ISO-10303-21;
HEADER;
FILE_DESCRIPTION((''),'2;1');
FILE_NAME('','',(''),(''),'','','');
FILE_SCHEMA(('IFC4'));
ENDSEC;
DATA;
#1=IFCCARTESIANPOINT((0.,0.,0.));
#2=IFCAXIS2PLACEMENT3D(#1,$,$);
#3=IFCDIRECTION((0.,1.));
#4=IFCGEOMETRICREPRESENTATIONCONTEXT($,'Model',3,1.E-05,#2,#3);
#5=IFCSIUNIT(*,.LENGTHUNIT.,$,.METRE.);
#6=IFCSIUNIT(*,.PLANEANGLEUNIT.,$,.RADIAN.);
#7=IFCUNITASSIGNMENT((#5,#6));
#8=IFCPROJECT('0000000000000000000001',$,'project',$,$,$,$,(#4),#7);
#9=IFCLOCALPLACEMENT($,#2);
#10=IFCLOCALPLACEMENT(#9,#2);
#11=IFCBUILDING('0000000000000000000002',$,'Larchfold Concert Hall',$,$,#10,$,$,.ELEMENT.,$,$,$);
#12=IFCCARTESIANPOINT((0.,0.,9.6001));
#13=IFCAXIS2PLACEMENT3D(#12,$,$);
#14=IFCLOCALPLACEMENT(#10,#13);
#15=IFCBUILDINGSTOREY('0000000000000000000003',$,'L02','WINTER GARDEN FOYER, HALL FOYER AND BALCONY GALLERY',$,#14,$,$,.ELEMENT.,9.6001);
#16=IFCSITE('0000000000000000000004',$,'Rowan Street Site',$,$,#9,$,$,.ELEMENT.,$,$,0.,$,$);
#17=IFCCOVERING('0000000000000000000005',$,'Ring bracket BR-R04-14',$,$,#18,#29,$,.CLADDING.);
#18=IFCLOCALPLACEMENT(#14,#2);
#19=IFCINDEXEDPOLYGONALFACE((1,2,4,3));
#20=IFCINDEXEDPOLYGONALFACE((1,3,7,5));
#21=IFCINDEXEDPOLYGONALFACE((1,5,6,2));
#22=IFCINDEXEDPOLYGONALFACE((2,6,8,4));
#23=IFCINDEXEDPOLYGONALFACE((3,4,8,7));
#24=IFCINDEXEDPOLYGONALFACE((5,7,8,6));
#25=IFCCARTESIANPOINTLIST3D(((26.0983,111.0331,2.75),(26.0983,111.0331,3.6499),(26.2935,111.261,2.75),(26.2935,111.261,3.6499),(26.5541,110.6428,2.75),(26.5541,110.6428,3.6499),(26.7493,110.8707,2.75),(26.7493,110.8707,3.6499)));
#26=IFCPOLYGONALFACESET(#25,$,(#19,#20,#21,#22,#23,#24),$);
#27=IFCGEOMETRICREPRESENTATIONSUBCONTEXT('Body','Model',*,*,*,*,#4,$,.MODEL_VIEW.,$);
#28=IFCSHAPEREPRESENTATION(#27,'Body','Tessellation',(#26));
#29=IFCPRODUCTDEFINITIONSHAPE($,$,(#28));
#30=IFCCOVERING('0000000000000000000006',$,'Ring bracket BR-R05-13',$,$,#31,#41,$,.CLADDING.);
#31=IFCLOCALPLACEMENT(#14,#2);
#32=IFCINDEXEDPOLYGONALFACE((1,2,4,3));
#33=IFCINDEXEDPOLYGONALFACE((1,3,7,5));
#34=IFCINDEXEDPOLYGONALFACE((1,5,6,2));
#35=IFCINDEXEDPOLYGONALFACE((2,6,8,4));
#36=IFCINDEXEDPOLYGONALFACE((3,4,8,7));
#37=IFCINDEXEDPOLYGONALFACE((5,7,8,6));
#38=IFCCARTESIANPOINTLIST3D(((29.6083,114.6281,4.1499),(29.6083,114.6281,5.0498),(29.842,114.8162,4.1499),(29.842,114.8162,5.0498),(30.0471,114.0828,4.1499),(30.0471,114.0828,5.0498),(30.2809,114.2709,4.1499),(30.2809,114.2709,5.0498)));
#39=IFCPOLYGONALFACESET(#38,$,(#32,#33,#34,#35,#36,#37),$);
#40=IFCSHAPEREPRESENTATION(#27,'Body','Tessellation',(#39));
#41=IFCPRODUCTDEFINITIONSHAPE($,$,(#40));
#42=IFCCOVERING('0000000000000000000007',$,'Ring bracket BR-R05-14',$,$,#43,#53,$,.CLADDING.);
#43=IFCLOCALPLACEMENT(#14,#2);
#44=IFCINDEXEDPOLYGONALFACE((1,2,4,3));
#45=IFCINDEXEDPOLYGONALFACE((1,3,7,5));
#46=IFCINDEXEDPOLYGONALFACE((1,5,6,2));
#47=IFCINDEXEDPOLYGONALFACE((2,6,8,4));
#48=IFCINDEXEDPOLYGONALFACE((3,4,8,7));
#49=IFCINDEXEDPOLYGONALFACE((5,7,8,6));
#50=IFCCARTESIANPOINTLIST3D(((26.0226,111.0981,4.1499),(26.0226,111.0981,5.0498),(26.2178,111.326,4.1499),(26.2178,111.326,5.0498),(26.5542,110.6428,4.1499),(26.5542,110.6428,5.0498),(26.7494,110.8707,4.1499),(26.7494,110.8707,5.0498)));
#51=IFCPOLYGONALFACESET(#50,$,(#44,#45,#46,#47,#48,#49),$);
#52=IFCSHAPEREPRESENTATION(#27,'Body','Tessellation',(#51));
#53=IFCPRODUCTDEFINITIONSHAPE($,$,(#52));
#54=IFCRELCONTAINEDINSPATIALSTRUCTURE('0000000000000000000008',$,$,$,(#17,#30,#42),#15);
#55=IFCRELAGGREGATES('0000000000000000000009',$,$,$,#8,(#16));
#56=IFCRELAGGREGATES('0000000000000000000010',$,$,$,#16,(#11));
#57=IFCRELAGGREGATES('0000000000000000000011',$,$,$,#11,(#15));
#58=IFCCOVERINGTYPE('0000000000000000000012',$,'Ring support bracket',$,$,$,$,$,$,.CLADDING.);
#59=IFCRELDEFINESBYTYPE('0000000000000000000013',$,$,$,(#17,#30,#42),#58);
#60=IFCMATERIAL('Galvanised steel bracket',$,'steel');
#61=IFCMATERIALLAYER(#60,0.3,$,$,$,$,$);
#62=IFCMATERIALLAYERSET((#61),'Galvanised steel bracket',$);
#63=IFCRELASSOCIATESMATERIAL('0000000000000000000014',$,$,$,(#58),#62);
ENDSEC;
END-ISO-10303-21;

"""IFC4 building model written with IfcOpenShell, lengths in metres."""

from ifc_helpers import new_model, si_unit, direction, frame, origin, origin_2d, place, context, subcontext, project, spatial, rectangle, extrude, material, layer, layer_set, type_object, element, save


model = new_model("IFC4")

# Units and contexts
model_context = context("Model", 3, precision=1e-05, world=origin(), true_north=direction((0.0, 1.0)))
body_context = subcontext(model_context, "Body", "Model", "MODEL_VIEW")
ifc_project = project(units=[si_unit("LENGTHUNIT", "METRE"), si_unit("PLANEANGLEUNIT", "RADIAN")], contexts=[model_context])

# Site, building, storey
site_placement = place(None, origin())
site = spatial("IfcSite", under=ifc_project, at=site_placement, Name="Rowan Street Site", CompositionType="ELEMENT", RefElevation=0.0)
building_placement = place(site_placement, origin())
building = spatial("IfcBuilding", under=site, at=building_placement, Name="Larchfold Concert Hall", CompositionType="ELEMENT")
storey_placement = place(building_placement, frame((0.0, 0.0, 9.6001)))
storey = spatial("IfcBuildingStorey", under=building, at=storey_placement, Name="L02", Description="WINTER GARDEN FOYER, HALL FOYER AND BALCONY GALLERY", CompositionType="ELEMENT", Elevation=9.6001)

# Coverings
ifc_material_1 = material(Name="Galvanised steel bracket", Category="steel")
ifc_layer_1 = layer(ifc_material_1, 0.3)
ifc_layer_set_1 = layer_set([ifc_layer_1], Name="Galvanised steel bracket")
covering_type = type_object("IfcCoveringType", Name="Ring support bracket", PredefinedType="CLADDING", material=ifc_layer_set_1)
for number, where, z_axis, x_axis, name in (
    (1, (26.4238, 110.9519, 2.75), (0.0, 0.0, 1.0), (-0.759502, 0.650505, 0.0), "Ring bracket BR-R04-14"),
):
    element("IfcCovering", number, at=place(storey_placement, frame(where, z_axis=z_axis, x_axis=x_axis)), inside=storey, type_object=covering_type, Name=name, PredefinedType="CLADDING", context=body_context, shape_type="SweptSolid", body=[
        extrude(rectangle(XDim=0.6001, YDim=0.3, at=origin_2d()), origin(), (0.0, 0.0, 1.0), 0.8999),
    ])
for number, where, z_axis, x_axis, name in (
    (2, (29.9446, 114.4495, 4.1499), (0.0, 0.0, 1.0), (-0.626933, 0.779073, 0.0), "Ring bracket BR-R05-13"),
    (3, (26.386, 110.9844, 4.1499), (0.0, 0.0, 1.0), (-0.759502, 0.650505, 0.0), "Ring bracket BR-R05-14"),
):
    element("IfcCovering", number, at=place(storey_placement, frame(where, z_axis=z_axis, x_axis=x_axis)), inside=storey, type_object=covering_type, Name=name, PredefinedType="CLADDING", context=body_context, shape_type="SweptSolid", body=[
        extrude(rectangle(XDim=0.7, YDim=0.3, at=origin_2d()), origin(), (0.0, 0.0, 1.0), 0.8999),
    ])

save(model, "model.ifc")
